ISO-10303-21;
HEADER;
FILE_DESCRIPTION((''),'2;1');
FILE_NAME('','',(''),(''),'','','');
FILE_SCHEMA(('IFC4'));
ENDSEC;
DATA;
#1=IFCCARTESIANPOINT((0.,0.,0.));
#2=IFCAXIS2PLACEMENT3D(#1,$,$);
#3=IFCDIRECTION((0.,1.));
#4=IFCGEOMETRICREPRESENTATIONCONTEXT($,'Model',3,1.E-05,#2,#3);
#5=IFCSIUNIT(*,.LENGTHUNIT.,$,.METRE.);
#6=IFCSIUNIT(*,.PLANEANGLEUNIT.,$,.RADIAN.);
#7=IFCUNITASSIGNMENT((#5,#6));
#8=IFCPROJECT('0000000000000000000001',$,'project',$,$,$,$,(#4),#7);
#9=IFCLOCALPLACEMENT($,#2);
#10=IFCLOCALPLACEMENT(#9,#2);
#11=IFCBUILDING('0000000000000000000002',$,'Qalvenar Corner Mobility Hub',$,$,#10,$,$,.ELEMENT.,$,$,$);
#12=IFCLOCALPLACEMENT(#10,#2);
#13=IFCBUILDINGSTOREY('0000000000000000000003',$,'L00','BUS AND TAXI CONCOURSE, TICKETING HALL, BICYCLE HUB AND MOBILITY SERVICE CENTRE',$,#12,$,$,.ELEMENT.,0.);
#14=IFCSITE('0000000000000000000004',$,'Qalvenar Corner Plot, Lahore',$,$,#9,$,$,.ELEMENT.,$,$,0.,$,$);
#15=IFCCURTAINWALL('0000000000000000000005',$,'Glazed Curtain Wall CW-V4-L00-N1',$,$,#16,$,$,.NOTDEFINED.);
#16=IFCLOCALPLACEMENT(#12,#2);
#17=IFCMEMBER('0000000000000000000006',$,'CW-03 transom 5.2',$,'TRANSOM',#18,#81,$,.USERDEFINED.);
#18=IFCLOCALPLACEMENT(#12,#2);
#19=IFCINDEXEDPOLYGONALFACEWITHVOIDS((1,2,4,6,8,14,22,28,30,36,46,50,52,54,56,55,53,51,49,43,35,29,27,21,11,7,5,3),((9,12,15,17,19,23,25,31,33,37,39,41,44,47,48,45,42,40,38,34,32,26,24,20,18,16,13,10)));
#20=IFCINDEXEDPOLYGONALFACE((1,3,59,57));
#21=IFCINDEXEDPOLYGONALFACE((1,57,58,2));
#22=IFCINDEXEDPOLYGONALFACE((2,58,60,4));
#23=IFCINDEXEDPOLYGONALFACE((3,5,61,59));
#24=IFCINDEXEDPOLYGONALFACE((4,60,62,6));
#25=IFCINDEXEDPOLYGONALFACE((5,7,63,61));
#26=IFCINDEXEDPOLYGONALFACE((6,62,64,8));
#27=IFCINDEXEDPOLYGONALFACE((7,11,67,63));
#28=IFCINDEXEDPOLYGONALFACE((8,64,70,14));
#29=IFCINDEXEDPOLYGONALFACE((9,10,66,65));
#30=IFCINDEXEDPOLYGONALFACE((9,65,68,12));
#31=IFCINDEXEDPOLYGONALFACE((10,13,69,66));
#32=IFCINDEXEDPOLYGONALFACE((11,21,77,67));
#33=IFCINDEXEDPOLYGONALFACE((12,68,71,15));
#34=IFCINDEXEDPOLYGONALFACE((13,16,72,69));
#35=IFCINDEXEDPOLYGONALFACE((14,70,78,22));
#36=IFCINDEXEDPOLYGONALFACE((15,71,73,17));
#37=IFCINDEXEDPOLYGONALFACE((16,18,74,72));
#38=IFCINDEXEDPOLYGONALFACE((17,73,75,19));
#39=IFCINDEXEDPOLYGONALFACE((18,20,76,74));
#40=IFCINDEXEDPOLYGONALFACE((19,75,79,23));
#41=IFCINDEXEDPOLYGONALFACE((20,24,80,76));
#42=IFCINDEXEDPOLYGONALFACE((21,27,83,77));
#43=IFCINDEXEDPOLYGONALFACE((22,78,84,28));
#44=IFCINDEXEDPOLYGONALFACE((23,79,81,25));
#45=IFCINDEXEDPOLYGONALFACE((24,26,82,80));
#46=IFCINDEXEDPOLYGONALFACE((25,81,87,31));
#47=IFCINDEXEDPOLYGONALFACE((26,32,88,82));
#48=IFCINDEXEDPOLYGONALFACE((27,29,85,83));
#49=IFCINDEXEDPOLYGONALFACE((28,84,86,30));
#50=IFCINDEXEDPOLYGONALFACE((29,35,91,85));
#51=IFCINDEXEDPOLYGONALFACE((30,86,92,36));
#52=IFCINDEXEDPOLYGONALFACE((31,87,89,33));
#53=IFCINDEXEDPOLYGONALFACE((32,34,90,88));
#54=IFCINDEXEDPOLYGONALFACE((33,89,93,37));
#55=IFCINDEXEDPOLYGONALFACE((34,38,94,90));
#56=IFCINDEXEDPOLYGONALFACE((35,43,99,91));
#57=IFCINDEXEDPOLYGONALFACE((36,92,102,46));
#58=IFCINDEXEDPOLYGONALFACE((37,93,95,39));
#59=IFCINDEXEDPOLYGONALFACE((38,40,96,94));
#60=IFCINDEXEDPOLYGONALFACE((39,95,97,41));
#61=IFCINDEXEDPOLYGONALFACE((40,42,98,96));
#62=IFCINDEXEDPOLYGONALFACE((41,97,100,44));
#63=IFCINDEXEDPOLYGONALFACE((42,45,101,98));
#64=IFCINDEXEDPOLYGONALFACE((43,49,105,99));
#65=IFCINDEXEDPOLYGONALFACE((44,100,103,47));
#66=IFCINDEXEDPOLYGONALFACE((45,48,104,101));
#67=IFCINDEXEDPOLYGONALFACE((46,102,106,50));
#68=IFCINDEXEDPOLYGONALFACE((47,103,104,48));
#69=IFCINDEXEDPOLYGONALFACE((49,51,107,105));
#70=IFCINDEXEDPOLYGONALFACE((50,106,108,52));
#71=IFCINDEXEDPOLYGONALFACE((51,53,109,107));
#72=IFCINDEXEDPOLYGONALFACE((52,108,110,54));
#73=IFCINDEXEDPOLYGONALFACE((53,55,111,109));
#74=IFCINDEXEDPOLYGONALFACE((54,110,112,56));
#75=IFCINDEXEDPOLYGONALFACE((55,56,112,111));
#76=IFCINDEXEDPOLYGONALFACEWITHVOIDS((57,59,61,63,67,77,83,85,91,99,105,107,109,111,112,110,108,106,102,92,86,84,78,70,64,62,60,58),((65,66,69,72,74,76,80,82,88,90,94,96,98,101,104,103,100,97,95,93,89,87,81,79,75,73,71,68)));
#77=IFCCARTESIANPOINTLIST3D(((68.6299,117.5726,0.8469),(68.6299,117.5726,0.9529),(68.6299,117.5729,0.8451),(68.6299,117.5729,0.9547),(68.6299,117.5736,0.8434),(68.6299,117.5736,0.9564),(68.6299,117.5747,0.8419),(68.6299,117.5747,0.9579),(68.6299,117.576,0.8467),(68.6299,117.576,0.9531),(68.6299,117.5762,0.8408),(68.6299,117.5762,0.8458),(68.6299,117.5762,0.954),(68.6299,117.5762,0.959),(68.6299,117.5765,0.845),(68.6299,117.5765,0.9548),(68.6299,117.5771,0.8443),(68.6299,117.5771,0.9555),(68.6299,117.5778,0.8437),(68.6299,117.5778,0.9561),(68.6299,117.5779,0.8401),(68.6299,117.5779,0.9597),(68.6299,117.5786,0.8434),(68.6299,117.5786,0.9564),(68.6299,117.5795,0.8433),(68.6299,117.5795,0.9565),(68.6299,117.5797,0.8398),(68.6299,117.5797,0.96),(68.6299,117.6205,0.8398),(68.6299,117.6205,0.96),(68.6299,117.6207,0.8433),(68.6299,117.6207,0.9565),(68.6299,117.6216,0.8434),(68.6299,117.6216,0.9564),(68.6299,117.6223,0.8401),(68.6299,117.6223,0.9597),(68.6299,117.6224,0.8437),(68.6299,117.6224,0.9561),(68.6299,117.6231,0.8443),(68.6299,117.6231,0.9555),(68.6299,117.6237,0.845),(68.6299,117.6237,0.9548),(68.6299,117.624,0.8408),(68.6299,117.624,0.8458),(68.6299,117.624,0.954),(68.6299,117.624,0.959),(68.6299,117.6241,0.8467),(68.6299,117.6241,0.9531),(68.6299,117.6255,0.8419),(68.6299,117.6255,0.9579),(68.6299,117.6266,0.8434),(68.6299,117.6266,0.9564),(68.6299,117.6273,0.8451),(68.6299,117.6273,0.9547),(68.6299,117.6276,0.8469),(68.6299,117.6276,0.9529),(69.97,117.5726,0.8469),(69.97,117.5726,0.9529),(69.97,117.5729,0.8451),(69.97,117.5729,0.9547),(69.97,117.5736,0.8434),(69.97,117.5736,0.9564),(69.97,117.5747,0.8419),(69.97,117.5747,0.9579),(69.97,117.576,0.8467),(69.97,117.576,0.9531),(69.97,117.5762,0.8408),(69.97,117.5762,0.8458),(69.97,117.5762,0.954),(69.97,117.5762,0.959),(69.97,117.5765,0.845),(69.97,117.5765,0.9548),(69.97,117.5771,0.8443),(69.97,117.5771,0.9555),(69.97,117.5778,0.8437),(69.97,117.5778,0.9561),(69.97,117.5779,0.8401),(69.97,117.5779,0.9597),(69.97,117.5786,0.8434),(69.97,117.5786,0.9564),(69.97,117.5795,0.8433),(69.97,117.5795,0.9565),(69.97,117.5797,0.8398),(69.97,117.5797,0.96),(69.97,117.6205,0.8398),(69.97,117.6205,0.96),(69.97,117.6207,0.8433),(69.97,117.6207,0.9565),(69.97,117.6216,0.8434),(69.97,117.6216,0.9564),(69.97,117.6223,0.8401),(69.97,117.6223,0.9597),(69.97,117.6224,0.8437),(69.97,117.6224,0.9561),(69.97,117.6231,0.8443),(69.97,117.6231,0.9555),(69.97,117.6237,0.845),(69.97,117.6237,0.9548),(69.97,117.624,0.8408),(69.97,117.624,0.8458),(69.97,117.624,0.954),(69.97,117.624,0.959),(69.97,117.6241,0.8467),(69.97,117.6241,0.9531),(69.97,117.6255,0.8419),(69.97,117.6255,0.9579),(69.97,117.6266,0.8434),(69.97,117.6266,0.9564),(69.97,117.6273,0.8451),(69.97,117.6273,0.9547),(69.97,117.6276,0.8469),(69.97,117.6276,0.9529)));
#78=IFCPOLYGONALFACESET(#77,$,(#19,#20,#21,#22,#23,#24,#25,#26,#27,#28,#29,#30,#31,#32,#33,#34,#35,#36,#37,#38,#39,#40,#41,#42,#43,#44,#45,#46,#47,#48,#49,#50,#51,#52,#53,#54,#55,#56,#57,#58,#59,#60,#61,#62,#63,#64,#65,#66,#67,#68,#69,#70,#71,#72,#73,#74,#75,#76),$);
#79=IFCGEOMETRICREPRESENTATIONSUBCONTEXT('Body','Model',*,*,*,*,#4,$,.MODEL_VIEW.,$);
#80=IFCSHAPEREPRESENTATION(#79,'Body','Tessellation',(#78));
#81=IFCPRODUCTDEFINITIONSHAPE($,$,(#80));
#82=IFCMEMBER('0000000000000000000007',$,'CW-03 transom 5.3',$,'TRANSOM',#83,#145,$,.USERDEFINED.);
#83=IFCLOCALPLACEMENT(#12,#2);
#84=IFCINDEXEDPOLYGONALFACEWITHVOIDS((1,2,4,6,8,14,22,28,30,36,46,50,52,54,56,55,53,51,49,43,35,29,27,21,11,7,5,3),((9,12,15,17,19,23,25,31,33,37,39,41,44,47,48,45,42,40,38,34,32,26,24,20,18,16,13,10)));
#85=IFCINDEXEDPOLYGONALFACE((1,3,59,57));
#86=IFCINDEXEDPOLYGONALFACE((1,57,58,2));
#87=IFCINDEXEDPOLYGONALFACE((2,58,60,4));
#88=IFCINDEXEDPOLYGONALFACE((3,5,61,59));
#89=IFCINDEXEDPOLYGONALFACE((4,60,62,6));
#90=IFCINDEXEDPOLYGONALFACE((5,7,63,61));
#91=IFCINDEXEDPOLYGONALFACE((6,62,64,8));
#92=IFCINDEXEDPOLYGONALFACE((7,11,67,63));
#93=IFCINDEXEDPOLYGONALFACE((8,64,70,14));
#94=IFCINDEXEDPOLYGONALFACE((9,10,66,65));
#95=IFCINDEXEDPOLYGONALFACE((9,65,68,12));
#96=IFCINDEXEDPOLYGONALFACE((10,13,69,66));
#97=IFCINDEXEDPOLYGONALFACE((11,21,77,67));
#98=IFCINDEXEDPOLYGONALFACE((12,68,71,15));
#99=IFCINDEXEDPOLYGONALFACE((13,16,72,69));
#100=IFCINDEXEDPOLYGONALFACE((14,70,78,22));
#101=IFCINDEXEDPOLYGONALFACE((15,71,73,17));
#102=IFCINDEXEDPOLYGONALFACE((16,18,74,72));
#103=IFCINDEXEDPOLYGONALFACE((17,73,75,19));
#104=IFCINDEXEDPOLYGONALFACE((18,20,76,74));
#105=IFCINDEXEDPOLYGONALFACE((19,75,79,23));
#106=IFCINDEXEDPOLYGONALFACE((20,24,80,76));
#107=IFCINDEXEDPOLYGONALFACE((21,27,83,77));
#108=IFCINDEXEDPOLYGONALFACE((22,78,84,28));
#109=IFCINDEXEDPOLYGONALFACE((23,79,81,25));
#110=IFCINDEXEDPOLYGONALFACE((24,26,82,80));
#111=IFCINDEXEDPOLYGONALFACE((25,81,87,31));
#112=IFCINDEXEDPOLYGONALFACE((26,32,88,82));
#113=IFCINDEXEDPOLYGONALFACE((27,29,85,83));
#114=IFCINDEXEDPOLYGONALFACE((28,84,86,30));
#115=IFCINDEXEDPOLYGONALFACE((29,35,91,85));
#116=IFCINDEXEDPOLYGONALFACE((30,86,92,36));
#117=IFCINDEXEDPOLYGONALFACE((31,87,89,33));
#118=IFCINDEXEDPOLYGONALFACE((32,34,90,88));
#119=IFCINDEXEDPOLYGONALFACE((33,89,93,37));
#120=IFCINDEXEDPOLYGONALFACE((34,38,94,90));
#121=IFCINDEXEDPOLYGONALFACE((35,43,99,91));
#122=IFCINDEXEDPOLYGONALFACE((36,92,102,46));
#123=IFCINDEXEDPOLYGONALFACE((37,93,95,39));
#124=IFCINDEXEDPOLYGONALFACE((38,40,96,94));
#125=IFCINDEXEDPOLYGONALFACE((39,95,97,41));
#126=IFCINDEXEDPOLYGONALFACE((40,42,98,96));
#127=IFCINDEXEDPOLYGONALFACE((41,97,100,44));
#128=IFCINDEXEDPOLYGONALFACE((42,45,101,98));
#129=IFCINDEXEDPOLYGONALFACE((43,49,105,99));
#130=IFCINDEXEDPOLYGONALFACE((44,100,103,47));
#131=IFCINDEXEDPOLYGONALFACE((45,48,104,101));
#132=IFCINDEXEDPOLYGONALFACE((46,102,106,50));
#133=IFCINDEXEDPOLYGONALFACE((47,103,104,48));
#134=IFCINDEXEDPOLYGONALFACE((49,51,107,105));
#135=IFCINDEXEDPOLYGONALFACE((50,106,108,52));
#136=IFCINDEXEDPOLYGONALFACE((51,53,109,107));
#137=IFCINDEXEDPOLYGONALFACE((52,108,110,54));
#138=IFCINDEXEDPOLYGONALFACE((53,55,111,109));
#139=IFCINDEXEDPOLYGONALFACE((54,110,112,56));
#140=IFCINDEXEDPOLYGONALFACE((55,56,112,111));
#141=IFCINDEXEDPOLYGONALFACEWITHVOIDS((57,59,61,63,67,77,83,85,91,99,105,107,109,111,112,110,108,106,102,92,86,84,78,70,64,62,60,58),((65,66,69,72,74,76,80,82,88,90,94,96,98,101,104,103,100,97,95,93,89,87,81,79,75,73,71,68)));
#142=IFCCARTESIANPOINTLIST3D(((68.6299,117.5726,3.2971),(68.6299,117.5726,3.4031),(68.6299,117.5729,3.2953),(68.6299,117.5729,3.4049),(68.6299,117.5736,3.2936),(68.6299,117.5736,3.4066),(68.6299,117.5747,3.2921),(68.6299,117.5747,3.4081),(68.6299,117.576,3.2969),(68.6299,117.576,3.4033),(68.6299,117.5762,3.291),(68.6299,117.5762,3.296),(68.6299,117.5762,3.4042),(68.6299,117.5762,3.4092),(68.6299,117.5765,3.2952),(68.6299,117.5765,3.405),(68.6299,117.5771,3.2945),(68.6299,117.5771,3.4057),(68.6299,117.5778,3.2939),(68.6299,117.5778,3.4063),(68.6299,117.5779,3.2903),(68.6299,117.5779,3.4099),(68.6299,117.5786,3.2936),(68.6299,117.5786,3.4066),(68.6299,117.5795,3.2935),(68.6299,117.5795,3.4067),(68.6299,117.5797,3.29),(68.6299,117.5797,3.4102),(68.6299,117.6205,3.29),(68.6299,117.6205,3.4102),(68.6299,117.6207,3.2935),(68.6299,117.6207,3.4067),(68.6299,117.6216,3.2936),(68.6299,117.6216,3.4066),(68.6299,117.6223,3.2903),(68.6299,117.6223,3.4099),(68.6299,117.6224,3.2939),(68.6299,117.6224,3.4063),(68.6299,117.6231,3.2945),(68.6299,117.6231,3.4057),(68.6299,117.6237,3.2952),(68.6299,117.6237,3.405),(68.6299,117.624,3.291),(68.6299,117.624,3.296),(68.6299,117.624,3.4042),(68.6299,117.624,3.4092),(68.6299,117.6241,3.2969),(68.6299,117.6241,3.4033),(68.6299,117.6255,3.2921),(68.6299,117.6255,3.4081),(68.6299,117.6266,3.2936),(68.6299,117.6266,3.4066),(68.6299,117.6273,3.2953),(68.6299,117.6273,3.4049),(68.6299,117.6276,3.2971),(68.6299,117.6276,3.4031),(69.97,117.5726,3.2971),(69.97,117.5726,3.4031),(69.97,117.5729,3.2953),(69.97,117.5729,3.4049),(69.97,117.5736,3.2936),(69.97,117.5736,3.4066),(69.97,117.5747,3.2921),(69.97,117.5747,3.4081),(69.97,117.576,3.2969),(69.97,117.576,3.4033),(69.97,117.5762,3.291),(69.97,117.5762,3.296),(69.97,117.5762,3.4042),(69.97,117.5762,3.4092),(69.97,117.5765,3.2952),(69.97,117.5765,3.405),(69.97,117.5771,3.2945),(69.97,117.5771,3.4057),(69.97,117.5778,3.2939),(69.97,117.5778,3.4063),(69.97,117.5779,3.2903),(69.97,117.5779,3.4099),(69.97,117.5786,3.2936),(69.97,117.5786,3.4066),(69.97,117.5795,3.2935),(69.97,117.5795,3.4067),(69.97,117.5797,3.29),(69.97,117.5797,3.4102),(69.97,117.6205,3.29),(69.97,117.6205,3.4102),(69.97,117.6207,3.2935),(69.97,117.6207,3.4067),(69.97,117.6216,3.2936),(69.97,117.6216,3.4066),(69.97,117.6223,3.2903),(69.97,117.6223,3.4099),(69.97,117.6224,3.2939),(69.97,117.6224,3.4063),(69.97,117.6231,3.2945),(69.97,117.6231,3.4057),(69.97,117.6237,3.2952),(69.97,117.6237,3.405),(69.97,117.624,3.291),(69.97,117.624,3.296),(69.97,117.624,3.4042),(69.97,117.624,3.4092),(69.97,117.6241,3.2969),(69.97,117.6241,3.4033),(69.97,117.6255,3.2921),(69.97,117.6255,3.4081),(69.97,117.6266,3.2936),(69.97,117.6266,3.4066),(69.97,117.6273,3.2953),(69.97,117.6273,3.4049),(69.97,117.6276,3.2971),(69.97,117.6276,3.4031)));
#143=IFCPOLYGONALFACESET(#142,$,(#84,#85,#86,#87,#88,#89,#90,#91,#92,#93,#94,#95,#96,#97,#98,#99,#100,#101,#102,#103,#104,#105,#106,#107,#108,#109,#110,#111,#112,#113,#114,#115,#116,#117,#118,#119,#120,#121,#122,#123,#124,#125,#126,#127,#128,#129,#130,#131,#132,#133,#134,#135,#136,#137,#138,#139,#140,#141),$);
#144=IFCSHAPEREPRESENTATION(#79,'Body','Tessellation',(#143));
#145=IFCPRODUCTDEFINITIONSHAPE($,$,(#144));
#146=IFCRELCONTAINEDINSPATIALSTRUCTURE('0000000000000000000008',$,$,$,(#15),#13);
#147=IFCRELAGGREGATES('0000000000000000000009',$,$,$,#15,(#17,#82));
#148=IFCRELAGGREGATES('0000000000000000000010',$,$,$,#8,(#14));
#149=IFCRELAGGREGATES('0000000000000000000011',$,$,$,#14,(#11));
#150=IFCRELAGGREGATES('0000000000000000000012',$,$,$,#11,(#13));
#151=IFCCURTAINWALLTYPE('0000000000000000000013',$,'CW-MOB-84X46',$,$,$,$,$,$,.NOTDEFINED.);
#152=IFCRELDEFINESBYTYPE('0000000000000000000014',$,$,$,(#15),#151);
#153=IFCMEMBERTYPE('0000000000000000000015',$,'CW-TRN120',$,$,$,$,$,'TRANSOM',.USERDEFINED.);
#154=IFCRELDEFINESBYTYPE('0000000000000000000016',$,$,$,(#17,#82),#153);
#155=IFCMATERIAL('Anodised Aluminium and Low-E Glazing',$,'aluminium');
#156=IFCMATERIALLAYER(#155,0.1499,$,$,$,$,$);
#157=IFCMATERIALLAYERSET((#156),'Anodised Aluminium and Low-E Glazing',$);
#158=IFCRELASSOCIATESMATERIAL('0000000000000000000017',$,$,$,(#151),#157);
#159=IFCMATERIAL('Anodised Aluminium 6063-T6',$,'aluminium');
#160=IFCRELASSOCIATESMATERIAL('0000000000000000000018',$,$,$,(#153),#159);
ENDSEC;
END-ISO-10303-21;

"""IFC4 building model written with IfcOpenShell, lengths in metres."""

from ifc_helpers import new_model, si_unit, direction, frame, origin, origin_2d, place, context, subcontext, project, spatial, hollow_rectangle, extrude, material, layer, layer_set, material_profile, profile_set, type_object, element, aggregate, save


model = new_model("IFC4")

# Units and contexts
model_context = context("Model", 3, precision=1e-05, world=origin(), true_north=direction((0.0, 1.0)))
body_context = subcontext(model_context, "Body", "Model", "MODEL_VIEW")
ifc_project = project(units=[si_unit("LENGTHUNIT", "METRE"), si_unit("PLANEANGLEUNIT", "RADIAN")], contexts=[model_context])

# Site, building, storey
site_placement = place(None, origin())
site = spatial("IfcSite", under=ifc_project, at=site_placement, Name="Qalvenar Corner Plot, Lahore", CompositionType="ELEMENT", RefElevation=0.0)
building_placement = place(site_placement, origin())
building = spatial("IfcBuilding", under=site, at=building_placement, Name="Qalvenar Corner Mobility Hub", CompositionType="ELEMENT")
storey_placement = place(building_placement, origin())
storey = spatial("IfcBuildingStorey", under=building, at=storey_placement, Name="L00", Description="BUS AND TAXI CONCOURSE, TICKETING HALL, BICYCLE HUB AND MOBILITY SERVICE CENTRE", CompositionType="ELEMENT", Elevation=0.0)

# Curtain wall, members
ifc_material_1 = material(Name="Anodised Aluminium and Low-E Glazing", Category="aluminium")
ifc_layer_1 = layer(ifc_material_1, 0.1499)
ifc_layer_set_1 = layer_set([ifc_layer_1], Name="Anodised Aluminium and Low-E Glazing")
curtain_wall_type = type_object("IfcCurtainWallType", Name="CW-MOB-84X46", PredefinedType="NOTDEFINED", material=ifc_layer_set_1)
curtain_wall_placement = place(storey_placement, origin())
curtain_wall = element("IfcCurtainWall", 1, at=curtain_wall_placement, inside=storey, type_object=curtain_wall_type, Name="Glazed Curtain Wall CW-V4-L00-N1", PredefinedType="NOTDEFINED")
ifc_material_2 = material(Name="Anodised Aluminium 6063-T6", Category="aluminium")
ifc_material_profile_1 = material_profile(ifc_material_2, hollow_rectangle(XDim=0.0549, YDim=0.1201, WallThickness=0.0034, InnerFilletRadius=0.0034, OuterFilletRadius=0.0071, at=origin_2d()), Name="RHS120x55x3.5")
ifc_profile_set_1 = profile_set([ifc_material_profile_1], Name="Anodised Aluminium 6063-T6")
member_type_1 = type_object("IfcMemberType", Name="CW-TRN120", ElementType="TRANSOM", PredefinedType="USERDEFINED", material=ifc_profile_set_1)
member_1_placement = place(storey_placement, frame((69.97, 117.6001, 0.8999), z_axis=(-1.0, 0.0, 0.0), x_axis=(0.0, -1.0, 0.0)))
member_1 = element("IfcMember", 2, at=member_1_placement, type_object=member_type_1, Name="CW-03 transom 5.2", ObjectType="TRANSOM", PredefinedType="USERDEFINED", context=body_context, shape_type="SweptSolid", body=[
    extrude(hollow_rectangle(XDim=0.0549, YDim=0.1201, WallThickness=0.0034, InnerFilletRadius=0.0034, OuterFilletRadius=0.0071, at=origin_2d()), origin(), (0.0, 0.0, 1.0), 1.3401),
])
member_2_placement = place(storey_placement, frame((69.97, 117.6001, 3.3501), z_axis=(-1.0, 0.0, 0.0), x_axis=(0.0, -1.0, 0.0)))
member_2 = element("IfcMember", 3, at=member_2_placement, type_object=member_type_1, Name="CW-03 transom 5.3", ObjectType="TRANSOM", PredefinedType="USERDEFINED", context=body_context, shape_type="SweptSolid", body=[
    extrude(hollow_rectangle(XDim=0.0549, YDim=0.1201, WallThickness=0.0034, InnerFilletRadius=0.0034, OuterFilletRadius=0.0071, at=origin_2d()), origin(), (0.0, 0.0, 1.0), 1.3401),
])
aggregate(curtain_wall, [member_1, member_2])

save(model, "model.ifc")
